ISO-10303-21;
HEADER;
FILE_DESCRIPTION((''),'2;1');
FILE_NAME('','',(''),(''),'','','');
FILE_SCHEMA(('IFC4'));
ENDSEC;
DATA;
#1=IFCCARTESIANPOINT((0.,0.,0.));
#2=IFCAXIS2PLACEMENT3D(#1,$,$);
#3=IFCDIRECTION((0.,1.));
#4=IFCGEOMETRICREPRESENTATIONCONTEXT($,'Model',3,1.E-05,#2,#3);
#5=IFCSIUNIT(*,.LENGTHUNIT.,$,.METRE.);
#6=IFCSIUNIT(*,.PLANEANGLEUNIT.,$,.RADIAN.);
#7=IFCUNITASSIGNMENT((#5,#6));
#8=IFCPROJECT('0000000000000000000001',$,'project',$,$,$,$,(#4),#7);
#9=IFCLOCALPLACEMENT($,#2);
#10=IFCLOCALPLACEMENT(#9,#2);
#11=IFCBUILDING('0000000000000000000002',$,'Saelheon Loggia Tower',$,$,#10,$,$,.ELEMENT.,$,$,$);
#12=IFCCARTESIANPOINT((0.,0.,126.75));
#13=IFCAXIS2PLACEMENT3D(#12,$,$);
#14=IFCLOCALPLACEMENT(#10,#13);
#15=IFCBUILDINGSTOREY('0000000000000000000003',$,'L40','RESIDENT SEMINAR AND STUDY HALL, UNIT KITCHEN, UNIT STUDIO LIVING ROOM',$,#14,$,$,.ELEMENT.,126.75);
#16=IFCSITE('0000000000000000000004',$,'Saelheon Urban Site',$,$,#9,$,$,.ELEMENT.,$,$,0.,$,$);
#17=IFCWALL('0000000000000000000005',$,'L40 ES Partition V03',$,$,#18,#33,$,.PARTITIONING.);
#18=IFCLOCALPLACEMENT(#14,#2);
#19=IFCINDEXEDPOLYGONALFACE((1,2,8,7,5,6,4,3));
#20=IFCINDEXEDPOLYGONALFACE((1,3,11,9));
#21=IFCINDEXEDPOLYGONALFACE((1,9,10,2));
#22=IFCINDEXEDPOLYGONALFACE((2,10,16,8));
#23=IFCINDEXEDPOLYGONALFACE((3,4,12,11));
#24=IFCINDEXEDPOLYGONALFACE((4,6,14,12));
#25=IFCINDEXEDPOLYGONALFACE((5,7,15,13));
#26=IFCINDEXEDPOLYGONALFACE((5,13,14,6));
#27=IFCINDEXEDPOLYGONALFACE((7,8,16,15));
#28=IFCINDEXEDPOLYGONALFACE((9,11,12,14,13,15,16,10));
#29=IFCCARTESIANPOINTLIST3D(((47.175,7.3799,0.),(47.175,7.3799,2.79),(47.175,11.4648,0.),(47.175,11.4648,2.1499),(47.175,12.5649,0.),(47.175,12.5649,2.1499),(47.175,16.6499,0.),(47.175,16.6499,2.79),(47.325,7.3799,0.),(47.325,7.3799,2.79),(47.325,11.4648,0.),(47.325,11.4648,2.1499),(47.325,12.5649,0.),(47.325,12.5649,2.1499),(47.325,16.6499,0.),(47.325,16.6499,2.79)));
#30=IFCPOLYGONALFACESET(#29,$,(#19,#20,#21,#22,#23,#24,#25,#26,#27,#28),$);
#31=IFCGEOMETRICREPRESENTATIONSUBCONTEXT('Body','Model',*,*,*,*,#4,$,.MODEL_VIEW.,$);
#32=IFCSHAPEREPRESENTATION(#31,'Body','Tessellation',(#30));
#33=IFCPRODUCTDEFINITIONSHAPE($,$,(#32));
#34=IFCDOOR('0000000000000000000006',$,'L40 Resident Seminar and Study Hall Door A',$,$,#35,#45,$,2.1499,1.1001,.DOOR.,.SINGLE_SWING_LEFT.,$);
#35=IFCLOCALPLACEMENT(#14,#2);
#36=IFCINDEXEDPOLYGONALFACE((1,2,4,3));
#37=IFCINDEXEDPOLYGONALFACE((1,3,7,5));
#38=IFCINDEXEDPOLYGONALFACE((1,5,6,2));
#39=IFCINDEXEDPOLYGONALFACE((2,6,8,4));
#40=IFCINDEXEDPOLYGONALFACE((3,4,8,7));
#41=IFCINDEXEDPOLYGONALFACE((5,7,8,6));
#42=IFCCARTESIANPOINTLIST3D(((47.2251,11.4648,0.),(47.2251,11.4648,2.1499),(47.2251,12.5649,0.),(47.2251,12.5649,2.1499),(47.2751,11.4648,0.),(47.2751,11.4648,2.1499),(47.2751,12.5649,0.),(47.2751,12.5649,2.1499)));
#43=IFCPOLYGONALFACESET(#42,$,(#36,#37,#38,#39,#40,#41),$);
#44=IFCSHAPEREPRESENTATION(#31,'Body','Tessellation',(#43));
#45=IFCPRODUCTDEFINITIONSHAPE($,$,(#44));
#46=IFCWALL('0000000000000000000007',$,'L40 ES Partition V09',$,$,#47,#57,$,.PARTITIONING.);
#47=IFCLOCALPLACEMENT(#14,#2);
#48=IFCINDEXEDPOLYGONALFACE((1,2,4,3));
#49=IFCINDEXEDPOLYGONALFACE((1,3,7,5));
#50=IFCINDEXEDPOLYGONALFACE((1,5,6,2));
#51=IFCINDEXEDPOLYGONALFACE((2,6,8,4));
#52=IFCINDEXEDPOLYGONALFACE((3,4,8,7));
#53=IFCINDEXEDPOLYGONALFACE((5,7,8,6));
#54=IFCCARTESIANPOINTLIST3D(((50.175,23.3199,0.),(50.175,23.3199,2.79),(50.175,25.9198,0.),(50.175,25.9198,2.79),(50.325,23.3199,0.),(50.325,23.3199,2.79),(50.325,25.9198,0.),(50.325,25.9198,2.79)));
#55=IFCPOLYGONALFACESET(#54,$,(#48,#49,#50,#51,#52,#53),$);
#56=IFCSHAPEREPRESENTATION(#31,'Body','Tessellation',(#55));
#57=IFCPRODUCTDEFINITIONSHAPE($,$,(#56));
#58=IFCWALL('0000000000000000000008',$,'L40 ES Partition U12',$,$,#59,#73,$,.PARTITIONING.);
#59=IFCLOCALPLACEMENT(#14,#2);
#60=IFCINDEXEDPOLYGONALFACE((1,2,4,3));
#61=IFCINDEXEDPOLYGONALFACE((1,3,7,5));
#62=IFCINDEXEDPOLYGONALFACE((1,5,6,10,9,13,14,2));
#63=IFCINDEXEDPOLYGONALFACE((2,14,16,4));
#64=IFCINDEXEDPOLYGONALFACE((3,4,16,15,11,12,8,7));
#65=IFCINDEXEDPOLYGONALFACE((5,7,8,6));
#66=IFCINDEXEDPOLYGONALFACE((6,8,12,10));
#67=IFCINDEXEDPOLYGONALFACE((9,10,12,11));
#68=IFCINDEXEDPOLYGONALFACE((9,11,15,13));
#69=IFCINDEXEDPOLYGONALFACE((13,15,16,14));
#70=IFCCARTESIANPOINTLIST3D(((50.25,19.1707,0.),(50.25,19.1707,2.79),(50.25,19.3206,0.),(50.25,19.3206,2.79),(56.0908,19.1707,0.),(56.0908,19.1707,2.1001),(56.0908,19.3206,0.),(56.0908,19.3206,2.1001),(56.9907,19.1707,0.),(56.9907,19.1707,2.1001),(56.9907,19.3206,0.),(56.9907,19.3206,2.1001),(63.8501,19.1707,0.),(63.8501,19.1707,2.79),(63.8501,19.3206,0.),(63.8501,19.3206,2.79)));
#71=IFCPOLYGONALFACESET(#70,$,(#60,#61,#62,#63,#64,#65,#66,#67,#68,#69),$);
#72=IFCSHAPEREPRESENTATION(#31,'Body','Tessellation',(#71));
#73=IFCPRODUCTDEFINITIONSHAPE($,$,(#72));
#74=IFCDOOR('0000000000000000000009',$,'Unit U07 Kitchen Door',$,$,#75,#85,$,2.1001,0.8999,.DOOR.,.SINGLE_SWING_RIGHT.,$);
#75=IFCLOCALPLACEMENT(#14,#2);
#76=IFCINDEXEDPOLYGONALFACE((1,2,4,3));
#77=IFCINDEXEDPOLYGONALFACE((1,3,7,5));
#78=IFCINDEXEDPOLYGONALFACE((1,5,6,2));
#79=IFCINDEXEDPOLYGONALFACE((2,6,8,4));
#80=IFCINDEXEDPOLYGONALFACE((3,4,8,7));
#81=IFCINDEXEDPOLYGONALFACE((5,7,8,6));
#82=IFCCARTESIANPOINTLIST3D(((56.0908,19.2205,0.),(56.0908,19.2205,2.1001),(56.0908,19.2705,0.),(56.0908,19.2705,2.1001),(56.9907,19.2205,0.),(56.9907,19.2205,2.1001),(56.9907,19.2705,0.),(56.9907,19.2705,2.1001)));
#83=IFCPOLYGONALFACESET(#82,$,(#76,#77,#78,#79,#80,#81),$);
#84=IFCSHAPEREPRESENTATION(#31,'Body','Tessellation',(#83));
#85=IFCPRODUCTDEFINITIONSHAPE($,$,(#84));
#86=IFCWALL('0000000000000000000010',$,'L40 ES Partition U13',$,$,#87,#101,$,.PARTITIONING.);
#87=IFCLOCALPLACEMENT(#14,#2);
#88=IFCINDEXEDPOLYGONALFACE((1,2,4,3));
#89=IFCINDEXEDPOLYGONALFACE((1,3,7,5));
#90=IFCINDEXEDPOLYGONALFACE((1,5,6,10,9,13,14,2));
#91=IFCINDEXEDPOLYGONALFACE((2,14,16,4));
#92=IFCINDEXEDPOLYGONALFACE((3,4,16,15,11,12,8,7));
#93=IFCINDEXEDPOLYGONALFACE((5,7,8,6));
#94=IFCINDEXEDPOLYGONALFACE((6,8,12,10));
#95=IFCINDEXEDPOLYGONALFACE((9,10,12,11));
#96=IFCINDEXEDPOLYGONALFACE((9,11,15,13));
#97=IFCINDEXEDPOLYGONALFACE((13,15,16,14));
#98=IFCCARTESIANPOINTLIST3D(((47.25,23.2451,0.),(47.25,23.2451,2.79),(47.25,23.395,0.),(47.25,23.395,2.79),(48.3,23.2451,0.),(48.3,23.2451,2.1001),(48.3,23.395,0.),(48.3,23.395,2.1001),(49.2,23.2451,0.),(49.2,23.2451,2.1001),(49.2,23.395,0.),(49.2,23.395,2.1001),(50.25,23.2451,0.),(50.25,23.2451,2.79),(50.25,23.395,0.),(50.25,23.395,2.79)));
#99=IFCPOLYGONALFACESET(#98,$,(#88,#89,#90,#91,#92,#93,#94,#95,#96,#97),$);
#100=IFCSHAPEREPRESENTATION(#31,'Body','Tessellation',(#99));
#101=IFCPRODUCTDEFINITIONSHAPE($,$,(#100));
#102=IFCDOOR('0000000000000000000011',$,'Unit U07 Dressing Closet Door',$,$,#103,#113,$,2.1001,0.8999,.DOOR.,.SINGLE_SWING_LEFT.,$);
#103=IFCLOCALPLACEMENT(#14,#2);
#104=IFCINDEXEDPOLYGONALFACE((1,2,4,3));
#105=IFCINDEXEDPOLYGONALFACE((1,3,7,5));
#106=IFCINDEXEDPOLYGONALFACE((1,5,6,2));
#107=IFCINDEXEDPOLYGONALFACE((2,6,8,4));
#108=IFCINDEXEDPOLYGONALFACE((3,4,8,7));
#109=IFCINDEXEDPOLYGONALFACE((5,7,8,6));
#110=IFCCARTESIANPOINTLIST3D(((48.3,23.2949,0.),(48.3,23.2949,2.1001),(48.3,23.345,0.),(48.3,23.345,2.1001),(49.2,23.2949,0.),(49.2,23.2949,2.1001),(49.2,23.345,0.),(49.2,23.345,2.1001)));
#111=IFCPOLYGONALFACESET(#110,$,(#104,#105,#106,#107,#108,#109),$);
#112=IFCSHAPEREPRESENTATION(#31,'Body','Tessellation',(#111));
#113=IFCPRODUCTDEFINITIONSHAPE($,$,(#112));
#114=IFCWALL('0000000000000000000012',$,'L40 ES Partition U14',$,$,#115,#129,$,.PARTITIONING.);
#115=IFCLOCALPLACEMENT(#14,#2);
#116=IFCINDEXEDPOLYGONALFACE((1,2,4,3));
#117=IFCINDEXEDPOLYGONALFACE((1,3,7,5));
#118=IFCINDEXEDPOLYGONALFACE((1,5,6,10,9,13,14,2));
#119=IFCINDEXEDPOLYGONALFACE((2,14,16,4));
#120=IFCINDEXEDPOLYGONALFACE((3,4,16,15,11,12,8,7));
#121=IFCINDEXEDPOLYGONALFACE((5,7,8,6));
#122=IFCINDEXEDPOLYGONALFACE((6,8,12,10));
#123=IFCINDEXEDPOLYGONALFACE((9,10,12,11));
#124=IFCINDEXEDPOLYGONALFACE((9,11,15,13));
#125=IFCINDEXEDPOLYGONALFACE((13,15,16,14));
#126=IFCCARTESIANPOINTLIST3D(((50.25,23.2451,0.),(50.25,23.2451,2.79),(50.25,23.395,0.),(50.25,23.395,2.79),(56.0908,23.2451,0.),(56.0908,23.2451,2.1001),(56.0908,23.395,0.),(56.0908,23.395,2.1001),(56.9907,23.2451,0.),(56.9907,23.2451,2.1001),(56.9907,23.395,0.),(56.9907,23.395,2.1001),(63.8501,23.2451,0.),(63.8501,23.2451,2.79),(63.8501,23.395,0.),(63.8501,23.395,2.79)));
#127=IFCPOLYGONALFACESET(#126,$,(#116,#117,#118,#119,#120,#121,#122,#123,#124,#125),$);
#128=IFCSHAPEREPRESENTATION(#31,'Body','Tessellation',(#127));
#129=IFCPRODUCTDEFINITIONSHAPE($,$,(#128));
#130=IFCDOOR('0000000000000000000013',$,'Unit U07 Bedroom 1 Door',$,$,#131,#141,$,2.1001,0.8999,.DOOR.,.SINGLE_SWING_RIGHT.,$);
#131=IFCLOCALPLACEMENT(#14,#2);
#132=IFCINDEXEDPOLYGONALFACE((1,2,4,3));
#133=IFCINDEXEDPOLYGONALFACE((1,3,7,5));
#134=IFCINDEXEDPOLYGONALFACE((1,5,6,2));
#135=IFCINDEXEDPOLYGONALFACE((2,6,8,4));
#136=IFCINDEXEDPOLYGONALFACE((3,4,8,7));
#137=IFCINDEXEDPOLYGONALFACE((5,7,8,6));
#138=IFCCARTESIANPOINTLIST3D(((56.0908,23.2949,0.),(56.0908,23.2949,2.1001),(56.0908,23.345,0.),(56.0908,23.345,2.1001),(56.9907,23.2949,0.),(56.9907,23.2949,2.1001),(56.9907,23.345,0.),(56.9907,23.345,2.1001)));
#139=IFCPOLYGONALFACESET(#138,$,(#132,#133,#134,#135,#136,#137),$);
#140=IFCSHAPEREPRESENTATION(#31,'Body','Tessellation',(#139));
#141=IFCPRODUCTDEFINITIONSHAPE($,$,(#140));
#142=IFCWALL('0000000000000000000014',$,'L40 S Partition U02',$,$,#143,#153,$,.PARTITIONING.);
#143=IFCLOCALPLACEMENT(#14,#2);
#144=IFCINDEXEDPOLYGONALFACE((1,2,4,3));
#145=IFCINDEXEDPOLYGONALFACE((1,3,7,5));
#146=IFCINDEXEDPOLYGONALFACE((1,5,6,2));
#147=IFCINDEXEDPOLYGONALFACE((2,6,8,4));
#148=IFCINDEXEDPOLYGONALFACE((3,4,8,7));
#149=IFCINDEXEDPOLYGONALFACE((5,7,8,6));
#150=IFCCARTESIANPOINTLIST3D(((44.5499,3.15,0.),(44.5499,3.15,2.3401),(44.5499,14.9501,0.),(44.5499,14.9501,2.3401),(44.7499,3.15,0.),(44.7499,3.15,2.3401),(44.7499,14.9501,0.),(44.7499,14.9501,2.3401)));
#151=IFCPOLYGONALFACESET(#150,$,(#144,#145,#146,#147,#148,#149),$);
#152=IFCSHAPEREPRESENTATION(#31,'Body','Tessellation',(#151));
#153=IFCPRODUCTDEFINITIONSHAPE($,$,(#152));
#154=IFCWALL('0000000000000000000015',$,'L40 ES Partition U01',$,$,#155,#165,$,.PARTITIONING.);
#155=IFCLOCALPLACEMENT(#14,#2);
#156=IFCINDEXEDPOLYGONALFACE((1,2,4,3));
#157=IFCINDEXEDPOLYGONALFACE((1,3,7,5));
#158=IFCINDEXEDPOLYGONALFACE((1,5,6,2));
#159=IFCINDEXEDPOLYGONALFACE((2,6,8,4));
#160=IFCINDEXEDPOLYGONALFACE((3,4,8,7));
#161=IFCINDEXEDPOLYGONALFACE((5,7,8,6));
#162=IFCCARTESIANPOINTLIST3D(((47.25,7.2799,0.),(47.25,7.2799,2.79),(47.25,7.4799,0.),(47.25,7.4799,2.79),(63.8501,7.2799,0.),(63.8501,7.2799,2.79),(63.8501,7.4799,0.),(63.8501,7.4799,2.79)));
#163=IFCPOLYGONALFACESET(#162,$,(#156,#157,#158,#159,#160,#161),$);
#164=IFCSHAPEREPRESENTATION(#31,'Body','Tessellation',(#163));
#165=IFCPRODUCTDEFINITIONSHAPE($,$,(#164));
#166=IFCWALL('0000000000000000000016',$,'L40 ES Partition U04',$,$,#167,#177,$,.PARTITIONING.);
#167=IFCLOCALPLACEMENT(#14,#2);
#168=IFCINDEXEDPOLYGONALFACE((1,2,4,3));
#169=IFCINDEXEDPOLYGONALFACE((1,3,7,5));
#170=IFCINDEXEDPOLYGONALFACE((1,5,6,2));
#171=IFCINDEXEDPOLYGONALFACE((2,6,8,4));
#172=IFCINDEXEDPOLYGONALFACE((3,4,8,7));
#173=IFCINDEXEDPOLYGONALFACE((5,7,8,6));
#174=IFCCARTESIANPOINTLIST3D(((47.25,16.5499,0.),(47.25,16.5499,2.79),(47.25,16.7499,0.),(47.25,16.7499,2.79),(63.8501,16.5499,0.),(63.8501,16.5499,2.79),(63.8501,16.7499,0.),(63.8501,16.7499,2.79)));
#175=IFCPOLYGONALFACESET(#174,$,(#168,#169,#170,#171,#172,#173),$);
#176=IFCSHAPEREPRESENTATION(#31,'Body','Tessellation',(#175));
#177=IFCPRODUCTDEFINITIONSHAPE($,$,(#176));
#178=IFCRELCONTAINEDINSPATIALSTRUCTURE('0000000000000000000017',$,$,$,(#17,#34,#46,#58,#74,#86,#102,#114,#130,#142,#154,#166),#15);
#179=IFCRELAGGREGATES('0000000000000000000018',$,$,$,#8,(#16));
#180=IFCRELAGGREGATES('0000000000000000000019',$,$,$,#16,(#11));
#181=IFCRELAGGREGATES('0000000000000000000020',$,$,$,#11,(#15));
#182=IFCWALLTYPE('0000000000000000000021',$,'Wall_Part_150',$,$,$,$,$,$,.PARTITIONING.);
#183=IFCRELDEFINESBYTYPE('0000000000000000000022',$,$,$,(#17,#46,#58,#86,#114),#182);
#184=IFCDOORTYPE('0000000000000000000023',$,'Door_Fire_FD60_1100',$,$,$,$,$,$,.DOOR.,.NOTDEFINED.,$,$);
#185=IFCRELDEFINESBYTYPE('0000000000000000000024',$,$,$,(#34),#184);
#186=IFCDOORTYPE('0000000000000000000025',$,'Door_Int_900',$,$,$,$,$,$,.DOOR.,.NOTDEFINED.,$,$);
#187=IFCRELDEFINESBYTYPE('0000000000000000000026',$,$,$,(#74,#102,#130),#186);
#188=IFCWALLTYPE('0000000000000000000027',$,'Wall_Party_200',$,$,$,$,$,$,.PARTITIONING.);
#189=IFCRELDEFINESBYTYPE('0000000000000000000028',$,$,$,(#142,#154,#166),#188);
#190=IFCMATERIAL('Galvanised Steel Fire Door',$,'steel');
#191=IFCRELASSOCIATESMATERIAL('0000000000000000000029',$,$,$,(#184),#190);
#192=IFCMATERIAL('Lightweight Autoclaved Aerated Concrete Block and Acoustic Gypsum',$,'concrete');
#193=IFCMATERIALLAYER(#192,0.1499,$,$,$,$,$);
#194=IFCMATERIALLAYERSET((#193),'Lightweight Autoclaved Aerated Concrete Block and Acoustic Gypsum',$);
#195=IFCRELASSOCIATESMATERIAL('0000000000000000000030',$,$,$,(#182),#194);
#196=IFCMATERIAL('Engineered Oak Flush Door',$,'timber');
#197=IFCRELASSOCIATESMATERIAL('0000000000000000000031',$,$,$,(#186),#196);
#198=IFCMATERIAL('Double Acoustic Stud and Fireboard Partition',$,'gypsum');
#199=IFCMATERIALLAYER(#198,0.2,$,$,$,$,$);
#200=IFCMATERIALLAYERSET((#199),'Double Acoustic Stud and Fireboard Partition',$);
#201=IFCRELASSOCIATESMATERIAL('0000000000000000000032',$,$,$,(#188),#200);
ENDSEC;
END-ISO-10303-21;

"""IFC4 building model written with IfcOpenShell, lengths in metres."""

from ifc_helpers import new_model, si_unit, direction, frame, frame_2d, origin, place, context, subcontext, project, spatial, rectangle, extrude, source, transform, mapped, material, layer, layer_set, type_object, element, fill, save


model = new_model("IFC4")

# Units and contexts
model_context = context("Model", 3, precision=1e-05, world=origin(), true_north=direction((0.0, 1.0)))
body_context = subcontext(model_context, "Body", "Model", "MODEL_VIEW")
ifc_project = project(units=[si_unit("LENGTHUNIT", "METRE"), si_unit("PLANEANGLEUNIT", "RADIAN")], contexts=[model_context])

# Site, building, storey
site_placement = place(None, origin())
site = spatial("IfcSite", under=ifc_project, at=site_placement, Name="Saelheon Urban Site", CompositionType="ELEMENT", RefElevation=0.0)
building_placement = place(site_placement, origin())
building = spatial("IfcBuilding", under=site, at=building_placement, Name="Saelheon Loggia Tower", CompositionType="ELEMENT")
storey_placement = place(building_placement, frame((0.0, 0.0, 126.75)))
storey = spatial("IfcBuildingStorey", under=building, at=storey_placement, Name="L40", Description="RESIDENT SEMINAR AND STUDY HALL, UNIT KITCHEN, UNIT STUDIO LIVING ROOM", CompositionType="ELEMENT", Elevation=126.75)

# Wall, opening, door
ifc_material_1 = material(Name="Galvanised Steel Fire Door", Category="steel")
door_type_1 = type_object("IfcDoorType", Name="Door_Fire_FD60_1100", OperationType="NOTDEFINED", PredefinedType="DOOR", material=ifc_material_1)
shared_shape_1 = source(origin(), body_context, "Body", "SweptSolid", [
    extrude(rectangle(XDim=1.1001, YDim=2.1499, at=frame_2d((0.55, 1.075))), frame((0.0, 0.0249, 0.0), z_axis=(0.0, -1.0, 0.0), x_axis=(1.0, 0.0, 0.0)), (0.0, 0.0, 1.0), 0.05),
])
ifc_material_2 = material(Name="Lightweight Autoclaved Aerated Concrete Block and Acoustic Gypsum", Category="concrete")
ifc_layer_1 = layer(ifc_material_2, 0.1499)
ifc_layer_set_1 = layer_set([ifc_layer_1], Name="Lightweight Autoclaved Aerated Concrete Block and Acoustic Gypsum")
wall_type_1 = type_object("IfcWallType", Name="Wall_Part_150", PredefinedType="PARTITIONING", material=ifc_layer_set_1)
wall_1_placement = place(storey_placement, frame((47.25, 7.3799, 0.0), z_axis=(0.0, 0.0, 1.0), x_axis=(0.0, 1.0, 0.0)))
wall_1 = element("IfcWall", 1, at=wall_1_placement, inside=storey, type_object=wall_type_1, Name="L40 ES Partition V03", PredefinedType="PARTITIONING", context=body_context, shape_type="SweptSolid", body=[
    extrude(rectangle(XDim=9.27, YDim=0.1499, at=frame_2d((4.635, 0.0))), origin(), (0.0, 0.0, 1.0), 2.79),
])
opening_1_placement = place(wall_1_placement, frame((4.085, 0.0, 0.0)))
opening_1 = element("IfcOpeningElement", 2, at=opening_1_placement, cuts=wall_1, PredefinedType="OPENING", context=body_context, shape_type="SweptSolid", body=[
    extrude(rectangle(XDim=1.1001, YDim=2.1499, at=frame_2d((0.55, 1.075))), frame((0.0, 0.0869, 0.0), z_axis=(0.0, -1.0, 0.0), x_axis=(1.0, 0.0, 0.0)), (0.0, 0.0, 1.0), 0.1738),
])
door_1_placement = place(opening_1_placement, origin())
door_1 = element("IfcDoor", 3, at=door_1_placement, inside=storey, type_object=door_type_1, Name="L40 Resident Seminar and Study Hall Door A", OperationType="SINGLE_SWING_LEFT", OverallHeight=2.1499, OverallWidth=1.1001, PredefinedType="DOOR", context=body_context, shape_type="MappedRepresentation", body=[
    mapped(shared_shape_1, transform((0.0, 0.0, 0.0), scale=1.0)),
])
fill(opening_1, door_1)

# Wall
wall_2_placement = place(storey_placement, frame((50.25, 23.3201, 0.0), z_axis=(0.0, 0.0, 1.0), x_axis=(0.0, 1.0, 0.0)))
element("IfcWall", 4, at=wall_2_placement, inside=storey, type_object=wall_type_1, Name="L40 ES Partition V09", PredefinedType="PARTITIONING", context=body_context, shape_type="SweptSolid", body=[
    extrude(rectangle(XDim=2.5999, YDim=0.1499, at=frame_2d((1.2998, 0.0))), origin(), (0.0, 0.0, 1.0), 2.79),
])

# Walls, openings, doors
wall_3_placement = place(storey_placement, frame((50.25, 19.2456, 0.0), z_axis=(0.0, 0.0, 1.0), x_axis=(1.0, 0.0, 0.0)))
wall_3 = element("IfcWall", 5, at=wall_3_placement, inside=storey, type_object=wall_type_1, Name="L40 ES Partition U12", PredefinedType="PARTITIONING", context=body_context, shape_type="SweptSolid", body=[
    extrude(rectangle(XDim=13.6001, YDim=0.1499, at=frame_2d((6.8, 0.0))), origin(), (0.0, 0.0, 1.0), 2.79),
])
opening_2_placement = place(wall_3_placement, frame((5.8408, 0.0, 0.0)))
opening_2 = element("IfcOpeningElement", 6, at=opening_2_placement, cuts=wall_3, PredefinedType="OPENING", context=body_context, shape_type="SweptSolid", body=[
    extrude(rectangle(XDim=0.8999, YDim=2.1001, at=frame_2d((0.45, 1.05))), frame((0.0, 0.0869, 0.0), z_axis=(0.0, -1.0, 0.0), x_axis=(1.0, 0.0, 0.0)), (0.0, 0.0, 1.0), 0.1738),
])
ifc_material_3 = material(Name="Engineered Oak Flush Door", Category="timber")
door_type_2 = type_object("IfcDoorType", Name="Door_Int_900", OperationType="NOTDEFINED", PredefinedType="DOOR", material=ifc_material_3)
shared_shape_2 = source(origin(), body_context, "Body", "SweptSolid", [
    extrude(rectangle(XDim=0.8999, YDim=2.1001, at=frame_2d((0.45, 1.05))), frame((0.0, 0.0249, 0.0), z_axis=(0.0, -1.0, 0.0), x_axis=(1.0, 0.0, 0.0)), (0.0, 0.0, 1.0), 0.05),
])
door_2_placement = place(opening_2_placement, origin())
door_2 = element("IfcDoor", 7, at=door_2_placement, inside=storey, type_object=door_type_2, Name="Unit U07 Kitchen Door", OperationType="SINGLE_SWING_RIGHT", OverallHeight=2.1001, OverallWidth=0.8999, PredefinedType="DOOR", context=body_context, shape_type="MappedRepresentation", body=[
    mapped(shared_shape_2, transform((0.0, 0.0, 0.0), scale=1.0)),
])
fill(opening_2, door_2)
wall_4_placement = place(storey_placement, frame((47.25, 23.3201, 0.0), z_axis=(0.0, 0.0, 1.0), x_axis=(1.0, 0.0, 0.0)))
wall_4 = element("IfcWall", 8, at=wall_4_placement, inside=storey, type_object=wall_type_1, Name="L40 ES Partition U13", PredefinedType="PARTITIONING", context=body_context, shape_type="SweptSolid", body=[
    extrude(rectangle(XDim=3.0, YDim=0.1499, at=frame_2d((1.5, 0.0))), origin(), (0.0, 0.0, 1.0), 2.79),
])
opening_3_placement = place(wall_4_placement, frame((1.05, 0.0, 0.0)))
opening_3 = element("IfcOpeningElement", 9, at=opening_3_placement, cuts=wall_4, PredefinedType="OPENING", context=body_context, shape_type="SweptSolid", body=[
    extrude(rectangle(XDim=0.8999, YDim=2.1001, at=frame_2d((0.45, 1.05))), frame((0.0, 0.0869, 0.0), z_axis=(0.0, -1.0, 0.0), x_axis=(1.0, 0.0, 0.0)), (0.0, 0.0, 1.0), 0.1738),
])
door_3_placement = place(opening_3_placement, origin())
door_3 = element("IfcDoor", 10, at=door_3_placement, inside=storey, type_object=door_type_2, Name="Unit U07 Dressing Closet Door", OperationType="SINGLE_SWING_LEFT", OverallHeight=2.1001, OverallWidth=0.8999, PredefinedType="DOOR", context=body_context, shape_type="MappedRepresentation", body=[
    mapped(shared_shape_2, transform((0.0, 0.0, 0.0), scale=1.0)),
])
fill(opening_3, door_3)
wall_5_placement = place(storey_placement, frame((50.25, 23.3201, 0.0), z_axis=(0.0, 0.0, 1.0), x_axis=(1.0, 0.0, 0.0)))
wall_5 = element("IfcWall", 11, at=wall_5_placement, inside=storey, type_object=wall_type_1, Name="L40 ES Partition U14", PredefinedType="PARTITIONING", context=body_context, shape_type="SweptSolid", body=[
    extrude(rectangle(XDim=13.6001, YDim=0.1499, at=frame_2d((6.8, 0.0))), origin(), (0.0, 0.0, 1.0), 2.79),
])
opening_4_placement = place(wall_5_placement, frame((5.8408, 0.0, 0.0)))
opening_4 = element("IfcOpeningElement", 12, at=opening_4_placement, cuts=wall_5, PredefinedType="OPENING", context=body_context, shape_type="SweptSolid", body=[
    extrude(rectangle(XDim=0.8999, YDim=2.1001, at=frame_2d((0.45, 1.05))), frame((0.0, 0.0869, 0.0), z_axis=(0.0, -1.0, 0.0), x_axis=(1.0, 0.0, 0.0)), (0.0, 0.0, 1.0), 0.1738),
])
door_4_placement = place(opening_4_placement, origin())
door_4 = element("IfcDoor", 13, at=door_4_placement, inside=storey, type_object=door_type_2, Name="Unit U07 Bedroom 1 Door", OperationType="SINGLE_SWING_RIGHT", OverallHeight=2.1001, OverallWidth=0.8999, PredefinedType="DOOR", context=body_context, shape_type="MappedRepresentation", body=[
    mapped(shared_shape_2, transform((0.0, 0.0, 0.0), scale=1.0)),
])
fill(opening_4, door_4)

# Walls
ifc_material_4 = material(Name="Double Acoustic Stud and Fireboard Partition", Category="gypsum")
ifc_layer_2 = layer(ifc_material_4, 0.2)
ifc_layer_set_2 = layer_set([ifc_layer_2], Name="Double Acoustic Stud and Fireboard Partition")
wall_type_2 = type_object("IfcWallType", Name="Wall_Party_200", PredefinedType="PARTITIONING", material=ifc_layer_set_2)
wall_6_placement = place(storey_placement, frame((44.6499, 14.95, 0.0), z_axis=(0.0, 0.0, 1.0), x_axis=(0.0, -1.0, 0.0)))
element("IfcWall", 14, at=wall_6_placement, inside=storey, type_object=wall_type_2, Name="L40 S Partition U02", PredefinedType="PARTITIONING", context=body_context, shape_type="SweptSolid", body=[
    extrude(rectangle(XDim=11.8, YDim=0.2, at=frame_2d((5.8999, 0.0))), origin(), (0.0, 0.0, 1.0), 2.3401),
])
for number, where, z_axis, x_axis, name in (
    (15, (47.25, 7.3799, 0.0), (0.0, 0.0, 1.0), (1.0, 0.0, 0.0), "L40 ES Partition U01"),
    (16, (47.25, 16.6499, 0.0), (0.0, 0.0, 1.0), (1.0, 0.0, 0.0), "L40 ES Partition U04"),
):
    element("IfcWall", number, at=place(storey_placement, frame(where, z_axis=z_axis, x_axis=x_axis)), inside=storey, type_object=wall_type_2, Name=name, PredefinedType="PARTITIONING", context=body_context, shape_type="SweptSolid", body=[
        extrude(rectangle(XDim=16.6001, YDim=0.2, at=frame_2d((8.3, 0.0))), origin(), (0.0, 0.0, 1.0), 2.79),
    ])

save(model, "model.ifc")
